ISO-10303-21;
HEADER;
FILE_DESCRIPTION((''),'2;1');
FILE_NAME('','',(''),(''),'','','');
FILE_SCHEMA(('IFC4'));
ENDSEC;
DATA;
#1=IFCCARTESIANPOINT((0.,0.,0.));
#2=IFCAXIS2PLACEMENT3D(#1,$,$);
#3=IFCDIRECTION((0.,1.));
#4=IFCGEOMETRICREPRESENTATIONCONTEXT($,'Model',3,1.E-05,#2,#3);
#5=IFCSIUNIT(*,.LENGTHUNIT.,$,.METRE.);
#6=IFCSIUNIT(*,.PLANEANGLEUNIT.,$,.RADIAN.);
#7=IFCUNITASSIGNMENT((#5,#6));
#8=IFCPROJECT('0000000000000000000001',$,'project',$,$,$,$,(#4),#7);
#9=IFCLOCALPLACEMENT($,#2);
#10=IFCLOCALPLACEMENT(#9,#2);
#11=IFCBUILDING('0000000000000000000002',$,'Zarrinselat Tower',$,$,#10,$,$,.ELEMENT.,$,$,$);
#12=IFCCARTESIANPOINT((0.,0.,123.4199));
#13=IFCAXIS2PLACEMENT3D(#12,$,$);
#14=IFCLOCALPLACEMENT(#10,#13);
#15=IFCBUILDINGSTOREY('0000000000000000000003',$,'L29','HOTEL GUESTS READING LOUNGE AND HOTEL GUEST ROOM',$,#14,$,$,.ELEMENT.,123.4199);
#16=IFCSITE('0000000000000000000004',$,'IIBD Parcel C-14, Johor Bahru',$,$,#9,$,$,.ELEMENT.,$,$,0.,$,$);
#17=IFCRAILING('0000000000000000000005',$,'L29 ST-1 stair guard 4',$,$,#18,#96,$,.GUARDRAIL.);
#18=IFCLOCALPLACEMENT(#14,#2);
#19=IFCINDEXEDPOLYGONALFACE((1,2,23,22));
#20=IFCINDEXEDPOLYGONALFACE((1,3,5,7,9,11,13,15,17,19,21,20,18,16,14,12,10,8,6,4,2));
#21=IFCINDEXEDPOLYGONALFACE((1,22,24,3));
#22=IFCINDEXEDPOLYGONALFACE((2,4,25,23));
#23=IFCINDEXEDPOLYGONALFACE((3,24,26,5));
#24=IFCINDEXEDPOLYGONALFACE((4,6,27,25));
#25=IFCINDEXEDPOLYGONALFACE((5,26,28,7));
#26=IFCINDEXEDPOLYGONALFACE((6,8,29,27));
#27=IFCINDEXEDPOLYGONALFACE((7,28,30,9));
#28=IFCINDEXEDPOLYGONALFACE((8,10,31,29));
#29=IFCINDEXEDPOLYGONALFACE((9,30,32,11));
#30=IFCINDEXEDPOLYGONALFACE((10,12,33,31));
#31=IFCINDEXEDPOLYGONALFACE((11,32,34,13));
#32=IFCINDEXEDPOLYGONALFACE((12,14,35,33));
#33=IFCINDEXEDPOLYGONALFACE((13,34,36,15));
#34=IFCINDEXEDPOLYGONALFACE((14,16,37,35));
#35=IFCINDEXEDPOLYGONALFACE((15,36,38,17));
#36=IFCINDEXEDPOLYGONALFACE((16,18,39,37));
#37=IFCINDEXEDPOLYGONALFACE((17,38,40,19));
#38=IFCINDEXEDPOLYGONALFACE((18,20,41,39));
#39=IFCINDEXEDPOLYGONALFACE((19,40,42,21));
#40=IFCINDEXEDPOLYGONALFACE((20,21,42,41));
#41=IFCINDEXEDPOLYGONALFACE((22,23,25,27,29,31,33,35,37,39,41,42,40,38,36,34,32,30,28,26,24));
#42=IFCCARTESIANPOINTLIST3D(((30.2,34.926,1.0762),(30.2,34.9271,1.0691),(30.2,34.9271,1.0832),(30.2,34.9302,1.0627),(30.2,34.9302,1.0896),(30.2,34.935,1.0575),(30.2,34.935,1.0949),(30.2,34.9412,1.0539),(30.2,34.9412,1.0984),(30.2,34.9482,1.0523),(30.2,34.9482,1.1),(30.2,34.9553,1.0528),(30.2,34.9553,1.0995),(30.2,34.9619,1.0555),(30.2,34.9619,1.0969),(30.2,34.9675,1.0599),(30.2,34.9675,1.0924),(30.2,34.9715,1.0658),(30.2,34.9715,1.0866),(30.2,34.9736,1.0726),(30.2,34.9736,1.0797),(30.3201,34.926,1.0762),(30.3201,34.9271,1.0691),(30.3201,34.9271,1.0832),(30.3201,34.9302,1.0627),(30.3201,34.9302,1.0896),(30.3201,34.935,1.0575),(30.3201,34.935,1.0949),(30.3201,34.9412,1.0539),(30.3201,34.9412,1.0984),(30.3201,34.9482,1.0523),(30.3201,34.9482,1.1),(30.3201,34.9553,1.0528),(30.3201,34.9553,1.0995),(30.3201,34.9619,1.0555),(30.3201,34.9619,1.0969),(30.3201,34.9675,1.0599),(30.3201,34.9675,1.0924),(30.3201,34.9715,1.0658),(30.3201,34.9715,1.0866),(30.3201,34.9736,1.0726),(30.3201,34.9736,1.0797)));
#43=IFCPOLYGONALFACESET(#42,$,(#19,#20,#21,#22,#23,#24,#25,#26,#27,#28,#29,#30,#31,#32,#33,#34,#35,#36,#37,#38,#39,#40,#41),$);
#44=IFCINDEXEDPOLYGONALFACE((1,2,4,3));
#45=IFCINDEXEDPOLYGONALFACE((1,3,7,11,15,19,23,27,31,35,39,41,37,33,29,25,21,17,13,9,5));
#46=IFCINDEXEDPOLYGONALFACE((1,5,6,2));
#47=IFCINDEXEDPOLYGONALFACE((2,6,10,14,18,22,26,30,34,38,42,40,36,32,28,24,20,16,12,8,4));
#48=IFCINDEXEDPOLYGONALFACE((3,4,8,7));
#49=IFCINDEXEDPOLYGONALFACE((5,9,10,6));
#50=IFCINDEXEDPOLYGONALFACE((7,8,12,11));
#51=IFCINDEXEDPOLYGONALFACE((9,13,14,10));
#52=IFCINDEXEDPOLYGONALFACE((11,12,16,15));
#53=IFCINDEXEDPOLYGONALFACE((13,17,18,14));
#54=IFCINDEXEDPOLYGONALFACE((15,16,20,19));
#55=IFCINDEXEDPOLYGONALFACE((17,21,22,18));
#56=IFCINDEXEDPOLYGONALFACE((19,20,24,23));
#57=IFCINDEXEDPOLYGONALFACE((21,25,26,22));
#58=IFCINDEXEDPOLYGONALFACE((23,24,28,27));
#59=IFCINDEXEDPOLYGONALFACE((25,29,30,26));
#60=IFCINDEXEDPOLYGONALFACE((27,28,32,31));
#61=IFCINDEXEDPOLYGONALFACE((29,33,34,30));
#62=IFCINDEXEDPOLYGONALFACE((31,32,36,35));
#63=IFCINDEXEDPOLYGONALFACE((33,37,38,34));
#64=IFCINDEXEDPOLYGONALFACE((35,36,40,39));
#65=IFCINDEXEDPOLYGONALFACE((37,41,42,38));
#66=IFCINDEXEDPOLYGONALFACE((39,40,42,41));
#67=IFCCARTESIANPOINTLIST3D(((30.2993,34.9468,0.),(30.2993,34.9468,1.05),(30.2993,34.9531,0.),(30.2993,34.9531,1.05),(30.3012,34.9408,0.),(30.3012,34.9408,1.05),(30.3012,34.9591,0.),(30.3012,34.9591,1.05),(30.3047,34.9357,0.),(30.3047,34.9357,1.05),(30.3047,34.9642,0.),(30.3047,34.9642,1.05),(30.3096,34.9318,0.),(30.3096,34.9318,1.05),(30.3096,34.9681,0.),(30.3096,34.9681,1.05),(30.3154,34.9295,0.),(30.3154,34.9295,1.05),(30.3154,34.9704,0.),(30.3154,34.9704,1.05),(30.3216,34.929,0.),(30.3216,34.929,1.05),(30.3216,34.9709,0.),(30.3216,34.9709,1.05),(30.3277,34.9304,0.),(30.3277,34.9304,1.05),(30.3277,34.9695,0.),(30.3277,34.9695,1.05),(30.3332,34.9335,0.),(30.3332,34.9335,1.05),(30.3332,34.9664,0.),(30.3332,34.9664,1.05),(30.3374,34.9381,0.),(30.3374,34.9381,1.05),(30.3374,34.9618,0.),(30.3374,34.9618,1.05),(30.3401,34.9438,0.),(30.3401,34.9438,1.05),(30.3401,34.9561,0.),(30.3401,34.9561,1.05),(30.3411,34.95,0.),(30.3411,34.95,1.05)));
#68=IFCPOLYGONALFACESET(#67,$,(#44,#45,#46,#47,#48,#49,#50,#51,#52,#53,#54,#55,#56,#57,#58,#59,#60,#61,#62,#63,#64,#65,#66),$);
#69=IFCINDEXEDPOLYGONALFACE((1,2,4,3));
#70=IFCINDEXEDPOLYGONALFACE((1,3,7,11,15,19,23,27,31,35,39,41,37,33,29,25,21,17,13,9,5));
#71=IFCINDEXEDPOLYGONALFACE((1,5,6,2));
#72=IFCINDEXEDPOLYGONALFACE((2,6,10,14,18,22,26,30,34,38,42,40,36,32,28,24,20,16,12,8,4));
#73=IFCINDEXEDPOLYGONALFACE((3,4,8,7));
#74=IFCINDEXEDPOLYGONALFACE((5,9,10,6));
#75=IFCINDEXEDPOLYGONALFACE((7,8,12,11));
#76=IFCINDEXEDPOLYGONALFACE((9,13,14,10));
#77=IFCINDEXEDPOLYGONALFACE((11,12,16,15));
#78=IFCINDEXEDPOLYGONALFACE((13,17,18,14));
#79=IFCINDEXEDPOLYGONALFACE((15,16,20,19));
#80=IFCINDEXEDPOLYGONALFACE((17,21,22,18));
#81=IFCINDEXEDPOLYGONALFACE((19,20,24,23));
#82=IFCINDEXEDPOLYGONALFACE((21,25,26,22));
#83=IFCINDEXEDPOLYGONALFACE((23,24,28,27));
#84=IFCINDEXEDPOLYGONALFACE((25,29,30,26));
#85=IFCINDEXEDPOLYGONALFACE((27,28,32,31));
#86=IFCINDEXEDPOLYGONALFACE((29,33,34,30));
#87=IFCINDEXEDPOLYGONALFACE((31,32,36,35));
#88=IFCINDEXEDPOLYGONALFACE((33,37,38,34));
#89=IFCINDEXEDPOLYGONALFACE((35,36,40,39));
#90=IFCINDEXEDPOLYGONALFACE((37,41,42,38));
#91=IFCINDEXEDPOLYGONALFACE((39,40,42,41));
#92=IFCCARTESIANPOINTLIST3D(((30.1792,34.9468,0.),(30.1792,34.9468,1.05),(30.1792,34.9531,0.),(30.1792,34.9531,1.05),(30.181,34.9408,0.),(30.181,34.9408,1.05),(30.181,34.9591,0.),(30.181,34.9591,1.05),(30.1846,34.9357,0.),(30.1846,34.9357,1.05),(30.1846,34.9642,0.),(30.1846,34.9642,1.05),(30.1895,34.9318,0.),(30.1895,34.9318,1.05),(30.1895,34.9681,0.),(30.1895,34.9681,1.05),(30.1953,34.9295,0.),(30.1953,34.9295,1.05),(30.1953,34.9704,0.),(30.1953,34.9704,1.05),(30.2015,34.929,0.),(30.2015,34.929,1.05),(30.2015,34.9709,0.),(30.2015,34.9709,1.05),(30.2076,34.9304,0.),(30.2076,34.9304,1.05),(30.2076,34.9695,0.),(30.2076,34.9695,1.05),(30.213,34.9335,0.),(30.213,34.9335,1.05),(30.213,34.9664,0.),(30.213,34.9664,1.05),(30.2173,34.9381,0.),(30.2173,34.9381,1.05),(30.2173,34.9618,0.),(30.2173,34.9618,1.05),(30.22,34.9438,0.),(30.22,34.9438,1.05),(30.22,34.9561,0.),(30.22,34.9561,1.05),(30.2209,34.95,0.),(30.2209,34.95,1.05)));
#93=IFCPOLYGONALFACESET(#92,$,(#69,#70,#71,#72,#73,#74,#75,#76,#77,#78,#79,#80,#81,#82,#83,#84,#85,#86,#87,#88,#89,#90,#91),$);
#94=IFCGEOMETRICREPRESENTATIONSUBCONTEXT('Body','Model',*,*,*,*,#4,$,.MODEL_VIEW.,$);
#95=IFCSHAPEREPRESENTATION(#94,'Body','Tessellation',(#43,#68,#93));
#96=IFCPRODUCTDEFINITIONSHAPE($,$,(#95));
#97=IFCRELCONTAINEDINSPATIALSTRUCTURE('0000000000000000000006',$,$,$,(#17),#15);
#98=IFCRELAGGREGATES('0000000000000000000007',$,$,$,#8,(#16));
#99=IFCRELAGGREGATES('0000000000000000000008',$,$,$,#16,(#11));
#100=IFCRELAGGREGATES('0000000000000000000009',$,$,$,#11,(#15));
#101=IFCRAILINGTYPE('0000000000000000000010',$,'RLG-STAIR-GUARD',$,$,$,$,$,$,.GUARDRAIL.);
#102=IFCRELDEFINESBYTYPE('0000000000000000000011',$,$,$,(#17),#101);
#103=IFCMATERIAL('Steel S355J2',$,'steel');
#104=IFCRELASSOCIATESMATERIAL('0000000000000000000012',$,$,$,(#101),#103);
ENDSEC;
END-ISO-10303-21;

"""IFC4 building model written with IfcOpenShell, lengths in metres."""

from ifc_helpers import new_model, si_unit, direction, frame, origin, origin_2d, place, context, subcontext, project, spatial, circle, extrude, material, type_object, element, save


model = new_model("IFC4")

# Units and contexts
model_context = context("Model", 3, precision=1e-05, world=origin(), true_north=direction((0.0, 1.0)))
body_context = subcontext(model_context, "Body", "Model", "MODEL_VIEW")
ifc_project = project(units=[si_unit("LENGTHUNIT", "METRE"), si_unit("PLANEANGLEUNIT", "RADIAN")], contexts=[model_context])

# Site, building, storey
site_placement = place(None, origin())
site = spatial("IfcSite", under=ifc_project, at=site_placement, Name="IIBD Parcel C-14, Johor Bahru", CompositionType="ELEMENT", RefElevation=0.0)
building_placement = place(site_placement, origin())
building = spatial("IfcBuilding", under=site, at=building_placement, Name="Zarrinselat Tower", CompositionType="ELEMENT")
storey_placement = place(building_placement, frame((0.0, 0.0, 123.4199)))
storey = spatial("IfcBuildingStorey", under=building, at=storey_placement, Name="L29", Description="HOTEL GUESTS READING LOUNGE AND HOTEL GUEST ROOM", CompositionType="ELEMENT", Elevation=123.4199)

# Railing
ifc_material_1 = material(Name="Steel S355J2", Category="steel")
railing_type = type_object("IfcRailingType", Name="RLG-STAIR-GUARD", PredefinedType="GUARDRAIL", material=ifc_material_1)
railing_placement = place(storey_placement, frame((30.3201, 34.95, 0.0)))
element("IfcRailing", 1, at=railing_placement, inside=storey, type_object=railing_type, Name="L29 ST-1 stair guard 4", PredefinedType="GUARDRAIL", context=body_context, shape_type="SweptSolid", body=[
    extrude(circle(Radius=0.0239, at=origin_2d()), frame((0.0, 0.0, 1.0762), z_axis=(-1.0, 0.0, 0.0), x_axis=(0.0, -1.0, 0.0)), (0.0, 0.0, 1.0), 0.1201),
    extrude(circle(Radius=0.021, at=origin_2d()), origin(), (0.0, 0.0, 1.0), 1.05),
    extrude(circle(Radius=0.021, at=origin_2d()), frame((-0.1201, 0.0, 0.0)), (0.0, 0.0, 1.0), 1.05),
])

save(model, "model.ifc")
